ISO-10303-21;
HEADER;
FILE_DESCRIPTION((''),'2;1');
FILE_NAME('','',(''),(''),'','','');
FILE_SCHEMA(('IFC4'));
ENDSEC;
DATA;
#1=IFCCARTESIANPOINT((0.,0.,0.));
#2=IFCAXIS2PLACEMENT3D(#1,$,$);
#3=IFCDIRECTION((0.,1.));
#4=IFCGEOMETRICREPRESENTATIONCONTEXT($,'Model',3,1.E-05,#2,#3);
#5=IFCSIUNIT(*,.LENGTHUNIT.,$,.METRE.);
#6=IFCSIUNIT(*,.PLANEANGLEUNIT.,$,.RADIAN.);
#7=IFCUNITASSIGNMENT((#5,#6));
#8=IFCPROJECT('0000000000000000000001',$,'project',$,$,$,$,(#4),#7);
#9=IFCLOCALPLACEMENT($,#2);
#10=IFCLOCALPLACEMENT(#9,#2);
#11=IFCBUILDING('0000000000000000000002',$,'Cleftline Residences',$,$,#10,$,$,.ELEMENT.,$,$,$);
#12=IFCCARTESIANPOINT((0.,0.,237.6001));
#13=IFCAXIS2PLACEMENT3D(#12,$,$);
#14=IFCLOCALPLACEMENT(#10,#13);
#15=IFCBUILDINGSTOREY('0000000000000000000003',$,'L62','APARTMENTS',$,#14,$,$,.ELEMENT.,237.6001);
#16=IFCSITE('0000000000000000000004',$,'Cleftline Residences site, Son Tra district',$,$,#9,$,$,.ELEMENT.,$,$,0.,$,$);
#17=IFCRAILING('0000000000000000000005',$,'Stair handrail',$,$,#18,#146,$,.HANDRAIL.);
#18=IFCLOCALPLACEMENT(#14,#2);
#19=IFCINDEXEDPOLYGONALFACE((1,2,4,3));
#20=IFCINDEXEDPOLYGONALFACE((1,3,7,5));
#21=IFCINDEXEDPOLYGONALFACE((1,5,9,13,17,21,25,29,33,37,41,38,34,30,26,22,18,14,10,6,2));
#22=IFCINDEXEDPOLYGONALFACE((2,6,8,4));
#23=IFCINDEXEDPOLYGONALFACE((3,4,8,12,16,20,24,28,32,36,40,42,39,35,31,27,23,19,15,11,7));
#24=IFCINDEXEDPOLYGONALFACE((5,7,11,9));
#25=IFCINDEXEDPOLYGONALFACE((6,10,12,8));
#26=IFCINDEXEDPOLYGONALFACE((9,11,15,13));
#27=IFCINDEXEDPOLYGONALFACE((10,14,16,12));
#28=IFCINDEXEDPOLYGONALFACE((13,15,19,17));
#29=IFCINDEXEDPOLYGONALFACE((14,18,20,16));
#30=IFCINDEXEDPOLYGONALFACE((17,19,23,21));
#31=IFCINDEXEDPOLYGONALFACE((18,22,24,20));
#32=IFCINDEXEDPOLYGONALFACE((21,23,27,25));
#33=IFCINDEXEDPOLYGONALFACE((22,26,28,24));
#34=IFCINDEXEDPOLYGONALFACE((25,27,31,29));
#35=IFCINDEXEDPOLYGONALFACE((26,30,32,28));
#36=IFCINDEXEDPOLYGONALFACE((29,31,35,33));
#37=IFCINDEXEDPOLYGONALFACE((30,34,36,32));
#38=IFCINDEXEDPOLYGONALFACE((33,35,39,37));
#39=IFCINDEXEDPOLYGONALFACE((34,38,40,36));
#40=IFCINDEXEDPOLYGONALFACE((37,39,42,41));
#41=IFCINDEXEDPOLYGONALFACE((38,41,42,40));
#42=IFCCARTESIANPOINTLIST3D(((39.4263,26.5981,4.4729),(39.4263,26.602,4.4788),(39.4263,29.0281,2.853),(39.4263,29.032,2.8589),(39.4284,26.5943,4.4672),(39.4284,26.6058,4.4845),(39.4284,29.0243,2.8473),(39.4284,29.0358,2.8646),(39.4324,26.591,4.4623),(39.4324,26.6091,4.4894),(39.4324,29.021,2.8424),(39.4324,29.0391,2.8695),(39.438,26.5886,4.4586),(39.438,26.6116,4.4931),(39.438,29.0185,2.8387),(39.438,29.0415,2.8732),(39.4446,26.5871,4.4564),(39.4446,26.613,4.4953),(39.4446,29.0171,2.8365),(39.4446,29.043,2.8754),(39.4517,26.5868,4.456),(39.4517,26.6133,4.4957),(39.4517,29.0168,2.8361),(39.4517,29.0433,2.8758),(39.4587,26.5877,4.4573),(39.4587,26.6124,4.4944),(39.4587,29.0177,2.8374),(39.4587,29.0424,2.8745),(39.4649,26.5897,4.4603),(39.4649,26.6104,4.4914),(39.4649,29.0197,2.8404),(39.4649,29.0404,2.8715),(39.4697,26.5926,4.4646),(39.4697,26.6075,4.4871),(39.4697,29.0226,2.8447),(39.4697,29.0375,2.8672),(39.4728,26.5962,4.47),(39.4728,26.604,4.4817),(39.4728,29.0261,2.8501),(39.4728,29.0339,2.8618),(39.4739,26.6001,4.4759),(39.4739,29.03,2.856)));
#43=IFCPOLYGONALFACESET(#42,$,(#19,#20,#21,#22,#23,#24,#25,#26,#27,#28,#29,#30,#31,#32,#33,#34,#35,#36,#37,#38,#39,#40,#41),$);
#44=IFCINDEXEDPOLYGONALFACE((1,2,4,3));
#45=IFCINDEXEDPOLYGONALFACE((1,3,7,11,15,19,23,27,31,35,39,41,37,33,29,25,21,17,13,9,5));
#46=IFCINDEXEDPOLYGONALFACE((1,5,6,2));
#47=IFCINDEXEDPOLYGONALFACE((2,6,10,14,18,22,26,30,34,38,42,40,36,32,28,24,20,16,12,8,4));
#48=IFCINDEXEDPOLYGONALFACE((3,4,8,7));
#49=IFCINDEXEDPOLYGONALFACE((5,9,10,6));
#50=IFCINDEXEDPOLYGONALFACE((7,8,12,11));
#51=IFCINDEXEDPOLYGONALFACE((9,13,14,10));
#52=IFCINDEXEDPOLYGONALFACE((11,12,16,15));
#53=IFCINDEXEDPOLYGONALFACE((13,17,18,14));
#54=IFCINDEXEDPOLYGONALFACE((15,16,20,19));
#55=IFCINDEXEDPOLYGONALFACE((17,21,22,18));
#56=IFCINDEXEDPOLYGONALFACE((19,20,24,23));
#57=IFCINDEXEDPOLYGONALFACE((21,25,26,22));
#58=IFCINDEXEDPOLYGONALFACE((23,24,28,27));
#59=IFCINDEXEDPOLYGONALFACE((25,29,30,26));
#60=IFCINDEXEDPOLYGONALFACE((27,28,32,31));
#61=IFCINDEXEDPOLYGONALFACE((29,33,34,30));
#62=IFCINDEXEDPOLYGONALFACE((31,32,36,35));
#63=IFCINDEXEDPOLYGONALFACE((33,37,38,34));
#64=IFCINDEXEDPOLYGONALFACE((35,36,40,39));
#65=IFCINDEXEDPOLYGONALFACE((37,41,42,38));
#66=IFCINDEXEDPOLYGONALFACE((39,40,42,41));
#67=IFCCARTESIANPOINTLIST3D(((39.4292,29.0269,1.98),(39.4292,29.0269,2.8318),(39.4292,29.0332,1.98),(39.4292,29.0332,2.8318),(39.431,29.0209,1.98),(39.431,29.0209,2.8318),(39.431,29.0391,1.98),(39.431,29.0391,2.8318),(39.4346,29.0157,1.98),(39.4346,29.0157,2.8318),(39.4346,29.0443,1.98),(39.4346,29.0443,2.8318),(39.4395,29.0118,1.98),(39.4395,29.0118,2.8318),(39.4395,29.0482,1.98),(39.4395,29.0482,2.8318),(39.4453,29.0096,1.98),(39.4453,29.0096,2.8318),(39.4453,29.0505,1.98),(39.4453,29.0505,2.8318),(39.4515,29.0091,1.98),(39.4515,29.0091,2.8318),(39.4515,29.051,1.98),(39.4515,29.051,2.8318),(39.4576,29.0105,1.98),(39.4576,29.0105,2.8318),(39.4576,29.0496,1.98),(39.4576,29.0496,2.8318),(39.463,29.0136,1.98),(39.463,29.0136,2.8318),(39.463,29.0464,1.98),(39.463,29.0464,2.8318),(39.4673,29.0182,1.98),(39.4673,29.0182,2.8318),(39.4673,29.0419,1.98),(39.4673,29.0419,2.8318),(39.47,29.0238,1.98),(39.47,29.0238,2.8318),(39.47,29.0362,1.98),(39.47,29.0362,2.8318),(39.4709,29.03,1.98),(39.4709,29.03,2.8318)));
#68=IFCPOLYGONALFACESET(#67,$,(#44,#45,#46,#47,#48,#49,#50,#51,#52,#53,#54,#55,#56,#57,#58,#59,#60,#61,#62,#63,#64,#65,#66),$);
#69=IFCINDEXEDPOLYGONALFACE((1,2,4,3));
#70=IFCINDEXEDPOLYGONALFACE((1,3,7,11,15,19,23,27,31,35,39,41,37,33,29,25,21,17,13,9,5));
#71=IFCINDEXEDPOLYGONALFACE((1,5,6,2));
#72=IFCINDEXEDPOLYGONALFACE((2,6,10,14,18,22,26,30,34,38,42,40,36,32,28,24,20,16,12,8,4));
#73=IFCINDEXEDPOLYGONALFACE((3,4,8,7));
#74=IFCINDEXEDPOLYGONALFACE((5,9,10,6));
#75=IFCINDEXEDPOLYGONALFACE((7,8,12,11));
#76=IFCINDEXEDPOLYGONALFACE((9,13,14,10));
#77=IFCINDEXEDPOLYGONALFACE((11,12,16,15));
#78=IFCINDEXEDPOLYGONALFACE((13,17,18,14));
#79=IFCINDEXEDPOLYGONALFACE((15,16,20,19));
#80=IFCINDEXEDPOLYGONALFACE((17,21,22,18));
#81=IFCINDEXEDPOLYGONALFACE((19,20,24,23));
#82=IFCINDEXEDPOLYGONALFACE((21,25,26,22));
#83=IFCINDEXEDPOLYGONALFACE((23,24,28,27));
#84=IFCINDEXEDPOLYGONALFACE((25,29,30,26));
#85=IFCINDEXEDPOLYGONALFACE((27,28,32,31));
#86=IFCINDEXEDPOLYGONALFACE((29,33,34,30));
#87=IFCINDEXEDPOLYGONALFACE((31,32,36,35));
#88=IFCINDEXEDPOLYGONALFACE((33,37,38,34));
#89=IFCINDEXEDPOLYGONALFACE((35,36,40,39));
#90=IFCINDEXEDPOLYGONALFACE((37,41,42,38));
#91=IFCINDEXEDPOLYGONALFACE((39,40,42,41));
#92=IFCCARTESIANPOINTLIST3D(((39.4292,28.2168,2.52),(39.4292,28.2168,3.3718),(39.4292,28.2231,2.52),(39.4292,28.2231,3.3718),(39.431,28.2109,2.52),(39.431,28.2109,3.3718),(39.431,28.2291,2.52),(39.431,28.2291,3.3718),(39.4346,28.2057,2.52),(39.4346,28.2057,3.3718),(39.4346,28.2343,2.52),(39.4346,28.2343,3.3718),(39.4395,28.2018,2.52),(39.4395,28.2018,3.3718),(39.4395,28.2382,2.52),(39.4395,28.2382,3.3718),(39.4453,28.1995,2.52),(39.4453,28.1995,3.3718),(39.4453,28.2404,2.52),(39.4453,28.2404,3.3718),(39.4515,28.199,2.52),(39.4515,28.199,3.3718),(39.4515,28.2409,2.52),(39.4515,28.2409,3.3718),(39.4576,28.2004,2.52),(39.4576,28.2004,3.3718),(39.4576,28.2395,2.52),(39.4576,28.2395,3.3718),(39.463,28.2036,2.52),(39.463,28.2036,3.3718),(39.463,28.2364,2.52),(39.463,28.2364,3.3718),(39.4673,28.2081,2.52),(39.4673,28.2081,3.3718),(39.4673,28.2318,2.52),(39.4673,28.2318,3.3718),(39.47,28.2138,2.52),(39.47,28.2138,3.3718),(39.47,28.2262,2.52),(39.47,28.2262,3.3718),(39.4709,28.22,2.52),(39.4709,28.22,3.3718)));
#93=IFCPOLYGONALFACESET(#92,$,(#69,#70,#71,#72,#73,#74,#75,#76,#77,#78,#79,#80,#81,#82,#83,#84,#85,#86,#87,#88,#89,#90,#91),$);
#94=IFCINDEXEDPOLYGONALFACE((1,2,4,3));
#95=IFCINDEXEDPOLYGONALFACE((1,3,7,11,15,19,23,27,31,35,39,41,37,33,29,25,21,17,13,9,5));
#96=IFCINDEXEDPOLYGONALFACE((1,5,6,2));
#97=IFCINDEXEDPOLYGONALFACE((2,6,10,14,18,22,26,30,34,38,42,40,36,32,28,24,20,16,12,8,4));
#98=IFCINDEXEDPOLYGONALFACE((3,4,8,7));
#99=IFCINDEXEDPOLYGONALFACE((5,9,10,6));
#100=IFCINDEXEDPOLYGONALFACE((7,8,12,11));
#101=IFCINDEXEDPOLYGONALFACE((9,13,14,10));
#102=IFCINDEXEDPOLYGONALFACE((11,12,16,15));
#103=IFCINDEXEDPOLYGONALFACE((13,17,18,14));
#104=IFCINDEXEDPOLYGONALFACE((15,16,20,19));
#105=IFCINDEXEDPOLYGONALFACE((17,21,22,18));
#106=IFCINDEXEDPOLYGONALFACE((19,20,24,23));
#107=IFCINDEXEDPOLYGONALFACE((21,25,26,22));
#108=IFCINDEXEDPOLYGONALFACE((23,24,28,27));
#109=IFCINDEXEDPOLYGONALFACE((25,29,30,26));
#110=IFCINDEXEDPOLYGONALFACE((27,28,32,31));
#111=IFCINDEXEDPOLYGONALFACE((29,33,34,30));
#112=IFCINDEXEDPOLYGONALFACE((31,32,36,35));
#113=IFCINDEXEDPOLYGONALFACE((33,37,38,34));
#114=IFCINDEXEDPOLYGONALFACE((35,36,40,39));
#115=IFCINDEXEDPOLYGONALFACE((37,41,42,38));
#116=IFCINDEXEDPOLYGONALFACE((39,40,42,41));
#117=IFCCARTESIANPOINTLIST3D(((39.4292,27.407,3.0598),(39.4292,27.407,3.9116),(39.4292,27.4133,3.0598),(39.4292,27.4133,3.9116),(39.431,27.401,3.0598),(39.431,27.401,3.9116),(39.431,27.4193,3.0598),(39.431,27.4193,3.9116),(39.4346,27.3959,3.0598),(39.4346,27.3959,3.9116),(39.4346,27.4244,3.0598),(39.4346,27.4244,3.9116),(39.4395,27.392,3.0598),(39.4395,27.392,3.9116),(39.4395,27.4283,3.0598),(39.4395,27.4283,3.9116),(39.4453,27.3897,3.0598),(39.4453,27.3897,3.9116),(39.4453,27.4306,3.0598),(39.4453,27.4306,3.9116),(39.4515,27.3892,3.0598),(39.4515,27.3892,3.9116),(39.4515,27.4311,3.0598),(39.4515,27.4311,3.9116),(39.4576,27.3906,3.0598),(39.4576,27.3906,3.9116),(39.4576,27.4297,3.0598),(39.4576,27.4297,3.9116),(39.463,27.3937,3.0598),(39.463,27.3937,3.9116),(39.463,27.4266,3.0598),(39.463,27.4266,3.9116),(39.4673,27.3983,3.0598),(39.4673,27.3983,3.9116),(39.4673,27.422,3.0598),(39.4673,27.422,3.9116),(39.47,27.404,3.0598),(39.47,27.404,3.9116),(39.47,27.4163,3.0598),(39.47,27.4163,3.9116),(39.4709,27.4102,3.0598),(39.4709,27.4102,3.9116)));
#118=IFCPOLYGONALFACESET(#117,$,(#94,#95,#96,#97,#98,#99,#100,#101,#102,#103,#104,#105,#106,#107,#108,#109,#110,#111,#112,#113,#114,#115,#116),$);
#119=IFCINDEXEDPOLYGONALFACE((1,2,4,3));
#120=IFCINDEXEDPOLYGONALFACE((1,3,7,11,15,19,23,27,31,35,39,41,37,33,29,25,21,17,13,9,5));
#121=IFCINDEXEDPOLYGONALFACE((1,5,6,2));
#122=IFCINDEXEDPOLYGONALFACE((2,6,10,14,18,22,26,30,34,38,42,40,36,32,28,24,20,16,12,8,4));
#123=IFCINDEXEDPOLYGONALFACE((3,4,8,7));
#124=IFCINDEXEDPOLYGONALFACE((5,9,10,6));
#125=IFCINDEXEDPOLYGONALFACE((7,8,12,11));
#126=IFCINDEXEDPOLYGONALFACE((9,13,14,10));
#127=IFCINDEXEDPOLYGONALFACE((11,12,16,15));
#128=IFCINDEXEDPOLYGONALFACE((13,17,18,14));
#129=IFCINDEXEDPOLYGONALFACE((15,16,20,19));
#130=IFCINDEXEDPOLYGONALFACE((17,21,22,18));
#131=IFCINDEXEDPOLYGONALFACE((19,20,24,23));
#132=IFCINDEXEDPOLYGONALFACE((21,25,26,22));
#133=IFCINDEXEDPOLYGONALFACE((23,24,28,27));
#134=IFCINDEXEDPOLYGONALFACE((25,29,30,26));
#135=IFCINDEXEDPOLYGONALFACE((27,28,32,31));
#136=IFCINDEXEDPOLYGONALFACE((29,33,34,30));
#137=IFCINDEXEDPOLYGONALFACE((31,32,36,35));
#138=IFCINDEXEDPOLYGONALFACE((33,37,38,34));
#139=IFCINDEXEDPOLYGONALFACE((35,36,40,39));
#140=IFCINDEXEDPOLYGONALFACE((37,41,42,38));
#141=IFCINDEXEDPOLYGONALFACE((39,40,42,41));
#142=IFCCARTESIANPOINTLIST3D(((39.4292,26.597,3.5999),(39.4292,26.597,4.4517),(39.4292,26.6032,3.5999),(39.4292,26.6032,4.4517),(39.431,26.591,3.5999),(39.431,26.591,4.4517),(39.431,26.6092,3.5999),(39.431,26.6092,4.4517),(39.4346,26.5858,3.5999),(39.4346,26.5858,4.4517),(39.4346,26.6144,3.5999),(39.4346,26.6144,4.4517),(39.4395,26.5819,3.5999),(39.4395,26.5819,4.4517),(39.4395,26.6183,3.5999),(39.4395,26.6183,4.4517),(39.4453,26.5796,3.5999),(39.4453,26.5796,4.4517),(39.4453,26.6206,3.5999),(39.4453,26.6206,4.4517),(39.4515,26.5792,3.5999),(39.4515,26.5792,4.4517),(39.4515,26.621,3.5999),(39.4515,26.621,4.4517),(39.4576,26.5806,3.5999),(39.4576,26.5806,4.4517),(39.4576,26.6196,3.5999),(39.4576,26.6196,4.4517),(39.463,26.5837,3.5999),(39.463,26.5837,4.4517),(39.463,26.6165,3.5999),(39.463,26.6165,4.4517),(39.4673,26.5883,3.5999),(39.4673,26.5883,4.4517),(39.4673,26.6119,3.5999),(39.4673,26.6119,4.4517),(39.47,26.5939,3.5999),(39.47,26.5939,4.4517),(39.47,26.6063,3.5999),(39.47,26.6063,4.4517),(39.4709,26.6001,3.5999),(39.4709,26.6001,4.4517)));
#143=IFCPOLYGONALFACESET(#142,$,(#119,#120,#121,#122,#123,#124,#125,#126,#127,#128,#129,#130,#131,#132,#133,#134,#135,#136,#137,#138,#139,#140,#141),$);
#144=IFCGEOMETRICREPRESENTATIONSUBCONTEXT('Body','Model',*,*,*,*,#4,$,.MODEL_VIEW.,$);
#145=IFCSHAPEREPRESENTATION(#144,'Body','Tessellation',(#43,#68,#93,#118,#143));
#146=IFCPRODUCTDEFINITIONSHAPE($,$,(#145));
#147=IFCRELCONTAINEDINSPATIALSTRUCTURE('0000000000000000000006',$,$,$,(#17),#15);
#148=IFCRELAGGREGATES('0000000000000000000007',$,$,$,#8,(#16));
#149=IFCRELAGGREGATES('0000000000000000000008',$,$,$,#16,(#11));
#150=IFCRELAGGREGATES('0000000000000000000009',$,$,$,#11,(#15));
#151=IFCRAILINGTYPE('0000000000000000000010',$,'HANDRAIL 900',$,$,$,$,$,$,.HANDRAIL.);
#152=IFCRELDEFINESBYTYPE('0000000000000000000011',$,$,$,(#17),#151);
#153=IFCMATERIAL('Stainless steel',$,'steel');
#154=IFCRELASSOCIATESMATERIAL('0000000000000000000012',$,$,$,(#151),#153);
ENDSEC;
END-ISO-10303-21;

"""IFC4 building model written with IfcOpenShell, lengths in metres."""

from ifc_helpers import new_model, si_unit, direction, frame, origin, origin_2d, place, context, subcontext, project, spatial, circle, extrude, material, type_object, element, save


model = new_model("IFC4")

# Units and contexts
model_context = context("Model", 3, precision=1e-05, world=origin(), true_north=direction((0.0, 1.0)))
body_context = subcontext(model_context, "Body", "Model", "MODEL_VIEW")
ifc_project = project(units=[si_unit("LENGTHUNIT", "METRE"), si_unit("PLANEANGLEUNIT", "RADIAN")], contexts=[model_context])

# Site, building, storey
site_placement = place(None, origin())
site = spatial("IfcSite", under=ifc_project, at=site_placement, Name="Cleftline Residences site, Son Tra district", CompositionType="ELEMENT", RefElevation=0.0)
building_placement = place(site_placement, origin())
building = spatial("IfcBuilding", under=site, at=building_placement, Name="Cleftline Residences", CompositionType="ELEMENT")
storey_placement = place(building_placement, frame((0.0, 0.0, 237.6001)))
storey = spatial("IfcBuildingStorey", under=building, at=storey_placement, Name="L62", Description="APARTMENTS", CompositionType="ELEMENT", Elevation=237.6001)

# Railing
ifc_material_1 = material(Name="Stainless steel", Category="steel")
railing_type = type_object("IfcRailingType", Name="HANDRAIL 900", PredefinedType="HANDRAIL", material=ifc_material_1)
railing_1_placement = place(storey_placement, frame((39.45, 29.03, 1.98)))
element("IfcRailing", 1, at=railing_1_placement, inside=storey, type_object=railing_type, Name="Stair handrail", PredefinedType="HANDRAIL", context=body_context, shape_type="SweptSolid", body=[
    extrude(circle(Radius=0.0239, at=origin_2d()), frame((0.0, 0.0, 0.876), z_axis=(0.0, -0.832063, 0.554681), x_axis=(1.0, 0.0, 0.0)), (0.0, 0.0, 1.0), 2.9204),
    extrude(circle(Radius=0.021, at=origin_2d()), origin(), (0.0, 0.0, 1.0), 0.8518),
    extrude(circle(Radius=0.021, at=origin_2d()), frame((0.0, -0.8101, 0.54)), (0.0, 0.0, 1.0), 0.8518),
    extrude(circle(Radius=0.021, at=origin_2d()), frame((0.0, -1.6199, 1.0798)), (0.0, 0.0, 1.0), 0.8518),
    extrude(circle(Radius=0.021, at=origin_2d()), frame((0.0, -2.4299, 1.6199)), (0.0, 0.0, 1.0), 0.8518),
])

save(model, "model.ifc")
